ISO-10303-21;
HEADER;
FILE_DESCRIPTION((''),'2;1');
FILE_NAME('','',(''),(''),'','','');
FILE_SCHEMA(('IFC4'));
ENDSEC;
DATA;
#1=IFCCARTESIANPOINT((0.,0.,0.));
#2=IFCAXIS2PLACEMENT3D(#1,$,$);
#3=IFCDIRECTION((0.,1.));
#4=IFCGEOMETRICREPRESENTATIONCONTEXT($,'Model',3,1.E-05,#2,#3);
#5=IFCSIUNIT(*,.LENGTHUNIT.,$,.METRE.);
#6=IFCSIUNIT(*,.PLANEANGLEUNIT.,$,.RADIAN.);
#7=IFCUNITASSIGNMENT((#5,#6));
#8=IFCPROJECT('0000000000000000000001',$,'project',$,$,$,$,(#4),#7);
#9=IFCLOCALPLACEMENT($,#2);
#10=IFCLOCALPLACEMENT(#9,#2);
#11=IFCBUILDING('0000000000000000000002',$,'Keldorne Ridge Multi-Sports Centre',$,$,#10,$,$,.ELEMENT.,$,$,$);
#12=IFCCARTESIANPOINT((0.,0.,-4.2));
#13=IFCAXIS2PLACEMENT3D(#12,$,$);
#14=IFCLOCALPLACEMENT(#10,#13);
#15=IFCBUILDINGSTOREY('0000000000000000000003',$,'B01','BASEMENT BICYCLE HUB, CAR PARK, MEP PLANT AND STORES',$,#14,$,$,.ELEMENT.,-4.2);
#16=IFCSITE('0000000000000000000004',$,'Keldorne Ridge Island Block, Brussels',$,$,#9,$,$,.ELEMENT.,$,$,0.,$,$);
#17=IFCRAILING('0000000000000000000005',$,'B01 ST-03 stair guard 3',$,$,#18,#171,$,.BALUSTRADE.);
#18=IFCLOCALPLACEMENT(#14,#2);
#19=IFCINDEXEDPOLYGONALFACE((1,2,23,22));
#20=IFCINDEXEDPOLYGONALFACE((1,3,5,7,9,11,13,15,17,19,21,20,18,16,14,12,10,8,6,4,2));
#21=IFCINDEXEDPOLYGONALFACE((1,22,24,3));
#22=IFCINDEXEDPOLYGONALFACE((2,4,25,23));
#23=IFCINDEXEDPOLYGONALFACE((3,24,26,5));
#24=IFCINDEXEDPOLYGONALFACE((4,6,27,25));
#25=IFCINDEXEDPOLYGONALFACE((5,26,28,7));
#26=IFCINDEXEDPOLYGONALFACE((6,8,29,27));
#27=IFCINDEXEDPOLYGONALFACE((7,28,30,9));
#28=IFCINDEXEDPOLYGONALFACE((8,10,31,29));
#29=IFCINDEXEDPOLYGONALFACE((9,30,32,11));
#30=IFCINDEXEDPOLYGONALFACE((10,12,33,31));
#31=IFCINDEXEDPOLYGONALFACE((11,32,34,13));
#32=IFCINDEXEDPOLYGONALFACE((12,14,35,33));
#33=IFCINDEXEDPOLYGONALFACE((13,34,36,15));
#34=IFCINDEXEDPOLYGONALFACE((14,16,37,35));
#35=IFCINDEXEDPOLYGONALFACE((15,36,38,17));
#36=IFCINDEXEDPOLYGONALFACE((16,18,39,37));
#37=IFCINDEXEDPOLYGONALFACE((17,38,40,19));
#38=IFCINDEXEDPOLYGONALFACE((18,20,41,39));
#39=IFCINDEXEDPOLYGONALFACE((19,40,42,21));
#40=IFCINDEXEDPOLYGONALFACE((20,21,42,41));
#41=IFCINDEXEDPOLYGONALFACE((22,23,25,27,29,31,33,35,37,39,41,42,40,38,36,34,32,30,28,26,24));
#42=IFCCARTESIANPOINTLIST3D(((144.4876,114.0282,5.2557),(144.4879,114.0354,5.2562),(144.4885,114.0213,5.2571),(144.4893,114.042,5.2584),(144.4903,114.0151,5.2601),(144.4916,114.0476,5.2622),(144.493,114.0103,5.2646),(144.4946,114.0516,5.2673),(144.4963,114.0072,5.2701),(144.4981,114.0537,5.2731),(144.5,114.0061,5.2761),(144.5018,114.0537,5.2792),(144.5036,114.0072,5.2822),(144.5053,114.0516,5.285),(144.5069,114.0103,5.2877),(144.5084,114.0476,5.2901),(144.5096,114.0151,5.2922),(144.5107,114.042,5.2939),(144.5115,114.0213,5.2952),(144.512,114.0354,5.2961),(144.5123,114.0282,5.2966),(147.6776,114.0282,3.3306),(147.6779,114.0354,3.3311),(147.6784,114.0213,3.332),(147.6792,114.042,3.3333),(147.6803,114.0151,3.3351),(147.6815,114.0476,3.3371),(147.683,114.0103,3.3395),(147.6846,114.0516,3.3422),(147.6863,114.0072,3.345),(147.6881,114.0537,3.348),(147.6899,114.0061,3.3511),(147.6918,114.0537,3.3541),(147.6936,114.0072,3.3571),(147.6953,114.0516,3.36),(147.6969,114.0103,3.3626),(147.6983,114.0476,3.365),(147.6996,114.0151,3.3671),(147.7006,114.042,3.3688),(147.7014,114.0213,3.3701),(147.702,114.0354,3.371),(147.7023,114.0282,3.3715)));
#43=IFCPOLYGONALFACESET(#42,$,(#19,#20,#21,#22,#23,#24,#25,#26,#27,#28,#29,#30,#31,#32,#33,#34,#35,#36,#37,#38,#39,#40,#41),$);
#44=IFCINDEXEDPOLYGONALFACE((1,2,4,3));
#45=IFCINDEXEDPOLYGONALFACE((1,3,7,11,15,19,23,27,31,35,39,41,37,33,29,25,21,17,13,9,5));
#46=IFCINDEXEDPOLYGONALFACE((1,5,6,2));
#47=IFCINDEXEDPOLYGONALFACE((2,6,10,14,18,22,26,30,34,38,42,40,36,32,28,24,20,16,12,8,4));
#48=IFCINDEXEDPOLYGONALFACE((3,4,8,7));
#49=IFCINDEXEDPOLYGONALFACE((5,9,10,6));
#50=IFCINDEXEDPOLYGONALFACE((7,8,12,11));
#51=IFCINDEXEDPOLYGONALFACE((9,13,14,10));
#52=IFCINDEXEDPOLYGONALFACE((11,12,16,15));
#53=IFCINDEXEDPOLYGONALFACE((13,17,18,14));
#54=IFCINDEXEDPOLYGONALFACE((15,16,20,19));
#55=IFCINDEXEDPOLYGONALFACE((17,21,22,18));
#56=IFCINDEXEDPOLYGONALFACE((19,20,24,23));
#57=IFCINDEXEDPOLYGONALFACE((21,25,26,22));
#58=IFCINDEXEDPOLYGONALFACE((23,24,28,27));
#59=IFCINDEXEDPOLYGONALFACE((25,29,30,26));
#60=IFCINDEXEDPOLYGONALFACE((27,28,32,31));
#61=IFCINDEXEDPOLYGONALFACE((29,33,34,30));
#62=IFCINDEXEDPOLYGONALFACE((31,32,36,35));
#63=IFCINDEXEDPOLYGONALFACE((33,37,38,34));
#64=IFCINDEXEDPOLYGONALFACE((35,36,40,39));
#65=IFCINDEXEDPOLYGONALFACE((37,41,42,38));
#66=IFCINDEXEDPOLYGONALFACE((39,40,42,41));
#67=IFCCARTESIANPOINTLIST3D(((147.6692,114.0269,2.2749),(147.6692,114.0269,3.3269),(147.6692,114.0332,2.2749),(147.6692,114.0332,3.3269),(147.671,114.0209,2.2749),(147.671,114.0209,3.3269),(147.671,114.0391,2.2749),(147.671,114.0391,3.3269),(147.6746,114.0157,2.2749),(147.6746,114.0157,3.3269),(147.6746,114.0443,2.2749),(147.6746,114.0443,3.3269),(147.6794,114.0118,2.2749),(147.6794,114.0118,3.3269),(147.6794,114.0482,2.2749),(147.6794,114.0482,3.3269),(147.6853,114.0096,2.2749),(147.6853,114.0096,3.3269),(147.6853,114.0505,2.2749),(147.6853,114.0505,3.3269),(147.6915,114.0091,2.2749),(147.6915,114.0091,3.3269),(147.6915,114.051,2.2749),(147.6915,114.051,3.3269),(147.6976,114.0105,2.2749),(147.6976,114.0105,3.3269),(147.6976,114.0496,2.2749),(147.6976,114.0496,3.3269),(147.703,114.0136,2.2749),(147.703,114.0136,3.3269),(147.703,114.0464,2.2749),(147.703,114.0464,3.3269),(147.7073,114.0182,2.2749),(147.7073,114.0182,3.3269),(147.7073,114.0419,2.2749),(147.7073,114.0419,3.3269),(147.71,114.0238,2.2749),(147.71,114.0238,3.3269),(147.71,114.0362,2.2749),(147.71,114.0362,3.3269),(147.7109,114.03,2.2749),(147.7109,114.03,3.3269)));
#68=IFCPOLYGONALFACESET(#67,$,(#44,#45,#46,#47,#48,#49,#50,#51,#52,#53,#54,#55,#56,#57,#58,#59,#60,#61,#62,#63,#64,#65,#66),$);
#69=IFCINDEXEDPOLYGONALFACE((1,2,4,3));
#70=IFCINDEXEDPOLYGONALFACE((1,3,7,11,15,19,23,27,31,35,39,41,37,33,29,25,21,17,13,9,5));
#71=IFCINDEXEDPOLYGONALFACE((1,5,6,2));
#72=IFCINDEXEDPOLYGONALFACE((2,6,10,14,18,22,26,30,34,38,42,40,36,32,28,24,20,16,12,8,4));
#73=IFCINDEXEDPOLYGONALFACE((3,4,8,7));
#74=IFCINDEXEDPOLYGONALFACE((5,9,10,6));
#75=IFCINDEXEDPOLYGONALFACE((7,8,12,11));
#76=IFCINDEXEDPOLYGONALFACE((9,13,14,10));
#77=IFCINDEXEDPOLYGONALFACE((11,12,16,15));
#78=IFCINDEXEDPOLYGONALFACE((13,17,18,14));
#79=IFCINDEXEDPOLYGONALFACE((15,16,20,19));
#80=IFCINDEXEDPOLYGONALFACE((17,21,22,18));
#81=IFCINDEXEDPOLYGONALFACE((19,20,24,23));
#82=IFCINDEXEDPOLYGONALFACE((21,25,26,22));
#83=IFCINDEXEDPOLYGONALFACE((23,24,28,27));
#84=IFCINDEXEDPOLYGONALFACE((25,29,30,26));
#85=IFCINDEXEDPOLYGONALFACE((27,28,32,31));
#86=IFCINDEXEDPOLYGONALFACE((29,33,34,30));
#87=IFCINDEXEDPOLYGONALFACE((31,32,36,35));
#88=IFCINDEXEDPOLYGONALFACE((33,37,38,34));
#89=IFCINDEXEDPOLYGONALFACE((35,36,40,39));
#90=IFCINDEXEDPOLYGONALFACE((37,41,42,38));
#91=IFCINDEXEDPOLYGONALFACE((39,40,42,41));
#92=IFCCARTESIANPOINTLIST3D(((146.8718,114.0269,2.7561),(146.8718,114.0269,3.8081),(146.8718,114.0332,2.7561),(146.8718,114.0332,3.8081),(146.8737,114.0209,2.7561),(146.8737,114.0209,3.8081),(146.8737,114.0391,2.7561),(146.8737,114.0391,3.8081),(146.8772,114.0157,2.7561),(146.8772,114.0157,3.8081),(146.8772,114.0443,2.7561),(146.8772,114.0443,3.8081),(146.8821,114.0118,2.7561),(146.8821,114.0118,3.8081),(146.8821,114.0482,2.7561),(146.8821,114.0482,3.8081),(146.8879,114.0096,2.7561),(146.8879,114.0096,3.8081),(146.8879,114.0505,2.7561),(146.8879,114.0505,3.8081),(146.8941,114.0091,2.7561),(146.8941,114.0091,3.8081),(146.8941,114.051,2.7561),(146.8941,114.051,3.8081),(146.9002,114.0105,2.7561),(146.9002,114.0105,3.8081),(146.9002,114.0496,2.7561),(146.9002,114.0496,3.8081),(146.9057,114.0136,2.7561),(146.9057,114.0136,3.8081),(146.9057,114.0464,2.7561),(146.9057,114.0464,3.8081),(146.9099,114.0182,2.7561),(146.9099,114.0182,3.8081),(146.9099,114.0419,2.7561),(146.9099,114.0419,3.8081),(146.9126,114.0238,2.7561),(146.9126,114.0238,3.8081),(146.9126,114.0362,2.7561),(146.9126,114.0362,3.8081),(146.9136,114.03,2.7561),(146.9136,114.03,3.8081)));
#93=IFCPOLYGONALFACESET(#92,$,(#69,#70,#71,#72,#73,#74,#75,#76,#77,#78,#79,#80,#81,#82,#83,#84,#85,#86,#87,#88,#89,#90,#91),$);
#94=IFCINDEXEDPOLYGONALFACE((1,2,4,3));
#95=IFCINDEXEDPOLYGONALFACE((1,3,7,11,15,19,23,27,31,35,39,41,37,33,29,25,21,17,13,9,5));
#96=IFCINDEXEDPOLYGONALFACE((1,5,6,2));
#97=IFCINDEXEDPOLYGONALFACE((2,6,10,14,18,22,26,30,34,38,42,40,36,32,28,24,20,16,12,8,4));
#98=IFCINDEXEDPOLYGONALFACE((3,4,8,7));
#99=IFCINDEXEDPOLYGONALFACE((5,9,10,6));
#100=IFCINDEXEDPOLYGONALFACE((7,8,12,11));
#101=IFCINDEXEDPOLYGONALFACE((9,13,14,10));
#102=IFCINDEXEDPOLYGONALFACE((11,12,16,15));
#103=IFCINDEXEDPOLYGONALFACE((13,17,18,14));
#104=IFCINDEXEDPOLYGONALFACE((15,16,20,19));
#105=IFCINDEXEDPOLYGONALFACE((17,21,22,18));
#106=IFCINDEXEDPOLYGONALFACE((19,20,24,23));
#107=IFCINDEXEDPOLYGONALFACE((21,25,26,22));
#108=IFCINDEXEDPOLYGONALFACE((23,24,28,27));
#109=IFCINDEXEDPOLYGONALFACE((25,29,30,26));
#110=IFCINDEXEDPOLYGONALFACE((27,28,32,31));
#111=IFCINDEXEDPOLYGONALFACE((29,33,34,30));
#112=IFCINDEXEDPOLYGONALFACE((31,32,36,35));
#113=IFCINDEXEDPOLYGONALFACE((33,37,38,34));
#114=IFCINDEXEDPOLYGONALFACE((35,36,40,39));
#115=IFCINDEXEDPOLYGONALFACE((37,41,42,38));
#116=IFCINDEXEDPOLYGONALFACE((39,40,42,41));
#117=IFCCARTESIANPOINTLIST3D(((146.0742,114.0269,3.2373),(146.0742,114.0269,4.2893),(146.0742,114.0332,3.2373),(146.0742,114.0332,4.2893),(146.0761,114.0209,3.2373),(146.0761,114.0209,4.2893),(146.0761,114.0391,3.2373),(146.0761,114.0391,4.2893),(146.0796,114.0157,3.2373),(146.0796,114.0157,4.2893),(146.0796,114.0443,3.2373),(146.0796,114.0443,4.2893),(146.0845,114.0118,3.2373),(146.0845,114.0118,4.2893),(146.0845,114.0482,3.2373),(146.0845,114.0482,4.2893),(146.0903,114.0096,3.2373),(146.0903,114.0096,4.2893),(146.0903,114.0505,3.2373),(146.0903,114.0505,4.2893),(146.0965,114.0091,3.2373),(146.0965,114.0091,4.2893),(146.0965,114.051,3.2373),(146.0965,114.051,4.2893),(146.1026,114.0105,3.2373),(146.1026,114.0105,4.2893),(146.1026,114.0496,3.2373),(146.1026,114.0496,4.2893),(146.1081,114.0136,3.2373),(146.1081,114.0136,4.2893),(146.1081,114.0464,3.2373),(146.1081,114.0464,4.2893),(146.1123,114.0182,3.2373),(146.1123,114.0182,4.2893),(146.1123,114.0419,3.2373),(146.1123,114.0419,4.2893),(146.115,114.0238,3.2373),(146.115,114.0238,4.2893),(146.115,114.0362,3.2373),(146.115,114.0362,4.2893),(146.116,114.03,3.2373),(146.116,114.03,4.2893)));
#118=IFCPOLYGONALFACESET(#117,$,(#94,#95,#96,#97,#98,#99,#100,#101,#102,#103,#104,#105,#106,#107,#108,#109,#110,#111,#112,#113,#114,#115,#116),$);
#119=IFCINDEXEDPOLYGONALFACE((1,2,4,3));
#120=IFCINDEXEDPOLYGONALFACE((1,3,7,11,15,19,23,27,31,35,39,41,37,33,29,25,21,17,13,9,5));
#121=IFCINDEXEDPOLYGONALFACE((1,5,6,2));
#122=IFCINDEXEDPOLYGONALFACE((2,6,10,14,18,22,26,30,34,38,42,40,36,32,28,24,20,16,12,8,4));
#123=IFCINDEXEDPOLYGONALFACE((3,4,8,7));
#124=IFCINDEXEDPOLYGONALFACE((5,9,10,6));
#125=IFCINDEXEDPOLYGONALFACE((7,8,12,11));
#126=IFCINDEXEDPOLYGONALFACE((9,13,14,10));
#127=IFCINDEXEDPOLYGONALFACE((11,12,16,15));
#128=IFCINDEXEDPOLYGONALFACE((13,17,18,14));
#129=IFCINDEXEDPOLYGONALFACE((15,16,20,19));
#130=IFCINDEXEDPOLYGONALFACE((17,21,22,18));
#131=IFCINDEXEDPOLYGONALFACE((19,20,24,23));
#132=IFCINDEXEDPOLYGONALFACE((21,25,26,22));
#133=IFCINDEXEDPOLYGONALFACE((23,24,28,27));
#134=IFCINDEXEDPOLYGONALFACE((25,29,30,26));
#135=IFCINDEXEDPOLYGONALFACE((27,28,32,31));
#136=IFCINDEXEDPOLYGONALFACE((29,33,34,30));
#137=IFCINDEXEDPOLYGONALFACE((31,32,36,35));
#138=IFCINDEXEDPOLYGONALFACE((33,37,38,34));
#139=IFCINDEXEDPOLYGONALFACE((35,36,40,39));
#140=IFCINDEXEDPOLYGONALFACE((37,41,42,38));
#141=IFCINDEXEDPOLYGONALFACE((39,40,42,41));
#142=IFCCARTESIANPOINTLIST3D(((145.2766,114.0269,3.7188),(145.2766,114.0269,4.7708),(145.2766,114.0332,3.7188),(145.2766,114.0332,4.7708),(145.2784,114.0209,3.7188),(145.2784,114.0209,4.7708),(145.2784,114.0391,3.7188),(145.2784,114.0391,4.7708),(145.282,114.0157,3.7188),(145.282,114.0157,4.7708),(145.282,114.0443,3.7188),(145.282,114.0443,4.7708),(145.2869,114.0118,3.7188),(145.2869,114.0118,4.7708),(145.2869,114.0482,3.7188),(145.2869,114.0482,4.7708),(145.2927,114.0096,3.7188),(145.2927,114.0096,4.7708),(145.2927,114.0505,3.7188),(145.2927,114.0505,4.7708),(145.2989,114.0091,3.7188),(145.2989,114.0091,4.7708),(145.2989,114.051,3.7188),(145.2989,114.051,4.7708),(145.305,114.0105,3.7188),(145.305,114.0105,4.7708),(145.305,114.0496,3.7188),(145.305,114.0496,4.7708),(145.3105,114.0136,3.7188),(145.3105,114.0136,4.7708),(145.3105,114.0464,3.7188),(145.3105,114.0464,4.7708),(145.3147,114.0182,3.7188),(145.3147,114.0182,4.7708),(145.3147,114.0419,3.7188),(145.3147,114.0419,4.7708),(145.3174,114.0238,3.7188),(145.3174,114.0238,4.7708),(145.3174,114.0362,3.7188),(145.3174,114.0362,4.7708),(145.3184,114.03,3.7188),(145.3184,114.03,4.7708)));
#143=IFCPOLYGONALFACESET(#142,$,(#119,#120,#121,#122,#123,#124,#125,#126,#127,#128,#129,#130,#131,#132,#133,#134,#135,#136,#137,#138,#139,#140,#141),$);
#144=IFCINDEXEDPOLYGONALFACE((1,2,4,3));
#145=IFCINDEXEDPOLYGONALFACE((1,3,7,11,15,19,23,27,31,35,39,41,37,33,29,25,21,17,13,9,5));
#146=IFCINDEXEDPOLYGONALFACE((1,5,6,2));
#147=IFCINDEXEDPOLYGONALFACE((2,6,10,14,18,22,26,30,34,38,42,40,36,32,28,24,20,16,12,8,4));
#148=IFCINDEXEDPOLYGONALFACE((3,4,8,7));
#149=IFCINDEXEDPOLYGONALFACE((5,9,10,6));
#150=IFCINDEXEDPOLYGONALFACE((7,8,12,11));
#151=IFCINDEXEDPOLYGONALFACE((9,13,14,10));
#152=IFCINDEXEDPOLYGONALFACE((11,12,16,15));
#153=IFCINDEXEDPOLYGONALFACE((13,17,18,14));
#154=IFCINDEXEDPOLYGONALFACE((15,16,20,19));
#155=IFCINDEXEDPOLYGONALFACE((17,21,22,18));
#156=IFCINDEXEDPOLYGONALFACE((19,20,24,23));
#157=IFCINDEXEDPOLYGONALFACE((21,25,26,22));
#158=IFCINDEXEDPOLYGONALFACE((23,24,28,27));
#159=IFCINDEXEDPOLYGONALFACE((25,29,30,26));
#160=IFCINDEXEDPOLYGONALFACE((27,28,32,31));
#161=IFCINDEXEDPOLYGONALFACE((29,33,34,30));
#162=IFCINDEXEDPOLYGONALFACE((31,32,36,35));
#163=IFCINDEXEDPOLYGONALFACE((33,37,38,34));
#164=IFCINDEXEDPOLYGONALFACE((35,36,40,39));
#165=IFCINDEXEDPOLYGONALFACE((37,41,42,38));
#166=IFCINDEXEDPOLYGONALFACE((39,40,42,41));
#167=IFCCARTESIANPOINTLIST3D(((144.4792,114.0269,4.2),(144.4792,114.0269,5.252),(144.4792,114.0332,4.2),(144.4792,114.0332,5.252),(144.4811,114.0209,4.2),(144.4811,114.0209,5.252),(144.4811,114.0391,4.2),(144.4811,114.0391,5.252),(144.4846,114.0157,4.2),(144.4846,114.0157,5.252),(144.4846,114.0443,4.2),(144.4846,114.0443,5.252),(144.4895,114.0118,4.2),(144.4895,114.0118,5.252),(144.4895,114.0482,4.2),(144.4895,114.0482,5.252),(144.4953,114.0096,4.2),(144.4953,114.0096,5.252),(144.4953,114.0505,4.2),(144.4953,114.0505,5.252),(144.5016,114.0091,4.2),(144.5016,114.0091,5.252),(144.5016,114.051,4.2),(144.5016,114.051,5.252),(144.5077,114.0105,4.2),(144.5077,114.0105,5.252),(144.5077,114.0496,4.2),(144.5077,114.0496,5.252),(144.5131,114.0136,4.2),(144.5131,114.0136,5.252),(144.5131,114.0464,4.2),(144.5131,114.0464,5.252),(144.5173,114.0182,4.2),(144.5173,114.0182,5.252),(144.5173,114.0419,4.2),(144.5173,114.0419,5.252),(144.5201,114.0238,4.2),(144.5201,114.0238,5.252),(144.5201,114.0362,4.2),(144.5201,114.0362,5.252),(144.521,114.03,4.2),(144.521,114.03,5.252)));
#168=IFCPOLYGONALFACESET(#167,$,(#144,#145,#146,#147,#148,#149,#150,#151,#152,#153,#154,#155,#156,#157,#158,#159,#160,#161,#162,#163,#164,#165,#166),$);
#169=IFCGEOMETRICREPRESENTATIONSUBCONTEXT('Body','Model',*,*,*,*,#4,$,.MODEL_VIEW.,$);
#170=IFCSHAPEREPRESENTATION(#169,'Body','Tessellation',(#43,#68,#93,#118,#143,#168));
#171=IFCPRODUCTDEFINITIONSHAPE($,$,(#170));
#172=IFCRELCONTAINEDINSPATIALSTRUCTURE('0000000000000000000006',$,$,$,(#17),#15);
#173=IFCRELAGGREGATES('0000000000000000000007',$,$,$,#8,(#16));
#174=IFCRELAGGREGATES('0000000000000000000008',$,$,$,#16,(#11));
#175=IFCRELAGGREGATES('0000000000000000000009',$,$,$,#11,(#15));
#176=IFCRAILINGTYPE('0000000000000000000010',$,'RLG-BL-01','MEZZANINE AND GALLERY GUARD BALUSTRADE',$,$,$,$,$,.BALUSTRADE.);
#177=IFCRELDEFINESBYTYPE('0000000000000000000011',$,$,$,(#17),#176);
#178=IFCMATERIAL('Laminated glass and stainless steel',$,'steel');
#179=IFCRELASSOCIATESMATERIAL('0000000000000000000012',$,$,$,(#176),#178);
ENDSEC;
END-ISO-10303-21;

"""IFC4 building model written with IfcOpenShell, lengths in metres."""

from ifc_helpers import new_model, si_unit, direction, frame, origin, origin_2d, place, context, subcontext, project, spatial, circle, extrude, material, type_object, element, save


model = new_model("IFC4")

# Units and contexts
model_context = context("Model", 3, precision=1e-05, world=origin(), true_north=direction((0.0, 1.0)))
body_context = subcontext(model_context, "Body", "Model", "MODEL_VIEW")
ifc_project = project(units=[si_unit("LENGTHUNIT", "METRE"), si_unit("PLANEANGLEUNIT", "RADIAN")], contexts=[model_context])

# Site, building, storey
site_placement = place(None, origin())
site = spatial("IfcSite", under=ifc_project, at=site_placement, Name="Keldorne Ridge Island Block, Brussels", CompositionType="ELEMENT", RefElevation=0.0)
building_placement = place(site_placement, origin())
building = spatial("IfcBuilding", under=site, at=building_placement, Name="Keldorne Ridge Multi-Sports Centre", CompositionType="ELEMENT")
storey_placement = place(building_placement, frame((0.0, 0.0, -4.2)))
storey = spatial("IfcBuildingStorey", under=building, at=storey_placement, Name="B01", Description="BASEMENT BICYCLE HUB, CAR PARK, MEP PLANT AND STORES", CompositionType="ELEMENT", Elevation=-4.2)

# Railing
ifc_material_1 = material(Name="Laminated glass and stainless steel", Category="steel")
railing_type_1 = type_object("IfcRailingType", Name="RLG-BL-01", Description="MEZZANINE AND GALLERY GUARD BALUSTRADE", PredefinedType="BALUSTRADE", material=ifc_material_1)
railing_1_placement = place(storey_placement, frame((147.6899, 114.03, 2.2749)))
element("IfcRailing", 1, at=railing_1_placement, inside=storey, type_object=railing_type_1, Name="B01 ST-03 stair guard 3", PredefinedType="BALUSTRADE", context=body_context, shape_type="SweptSolid", body=[
    extrude(circle(Radius=0.0239, at=origin_2d()), frame((0.0, 0.0, 1.0762), z_axis=(-0.856178, 0.0, 0.516682), x_axis=(0.0, -1.0, 0.0)), (0.0, 0.0, 1.0), 3.7258),
    extrude(circle(Radius=0.021, at=origin_2d()), origin(), (0.0, 0.0, 1.0), 1.052),
    extrude(circle(Radius=0.021, at=origin_2d()), frame((-0.7974, 0.0, 0.4812)), (0.0, 0.0, 1.0), 1.052),
    extrude(circle(Radius=0.021, at=origin_2d()), frame((-1.595, 0.0, 0.9624)), (0.0, 0.0, 1.0), 1.052),
    extrude(circle(Radius=0.021, at=origin_2d()), frame((-2.3926, 0.0, 1.4438)), (0.0, 0.0, 1.0), 1.052),
    extrude(circle(Radius=0.021, at=origin_2d()), frame((-3.1899, 0.0, 1.925)), (0.0, 0.0, 1.0), 1.052),
])

save(model, "model.ifc")
